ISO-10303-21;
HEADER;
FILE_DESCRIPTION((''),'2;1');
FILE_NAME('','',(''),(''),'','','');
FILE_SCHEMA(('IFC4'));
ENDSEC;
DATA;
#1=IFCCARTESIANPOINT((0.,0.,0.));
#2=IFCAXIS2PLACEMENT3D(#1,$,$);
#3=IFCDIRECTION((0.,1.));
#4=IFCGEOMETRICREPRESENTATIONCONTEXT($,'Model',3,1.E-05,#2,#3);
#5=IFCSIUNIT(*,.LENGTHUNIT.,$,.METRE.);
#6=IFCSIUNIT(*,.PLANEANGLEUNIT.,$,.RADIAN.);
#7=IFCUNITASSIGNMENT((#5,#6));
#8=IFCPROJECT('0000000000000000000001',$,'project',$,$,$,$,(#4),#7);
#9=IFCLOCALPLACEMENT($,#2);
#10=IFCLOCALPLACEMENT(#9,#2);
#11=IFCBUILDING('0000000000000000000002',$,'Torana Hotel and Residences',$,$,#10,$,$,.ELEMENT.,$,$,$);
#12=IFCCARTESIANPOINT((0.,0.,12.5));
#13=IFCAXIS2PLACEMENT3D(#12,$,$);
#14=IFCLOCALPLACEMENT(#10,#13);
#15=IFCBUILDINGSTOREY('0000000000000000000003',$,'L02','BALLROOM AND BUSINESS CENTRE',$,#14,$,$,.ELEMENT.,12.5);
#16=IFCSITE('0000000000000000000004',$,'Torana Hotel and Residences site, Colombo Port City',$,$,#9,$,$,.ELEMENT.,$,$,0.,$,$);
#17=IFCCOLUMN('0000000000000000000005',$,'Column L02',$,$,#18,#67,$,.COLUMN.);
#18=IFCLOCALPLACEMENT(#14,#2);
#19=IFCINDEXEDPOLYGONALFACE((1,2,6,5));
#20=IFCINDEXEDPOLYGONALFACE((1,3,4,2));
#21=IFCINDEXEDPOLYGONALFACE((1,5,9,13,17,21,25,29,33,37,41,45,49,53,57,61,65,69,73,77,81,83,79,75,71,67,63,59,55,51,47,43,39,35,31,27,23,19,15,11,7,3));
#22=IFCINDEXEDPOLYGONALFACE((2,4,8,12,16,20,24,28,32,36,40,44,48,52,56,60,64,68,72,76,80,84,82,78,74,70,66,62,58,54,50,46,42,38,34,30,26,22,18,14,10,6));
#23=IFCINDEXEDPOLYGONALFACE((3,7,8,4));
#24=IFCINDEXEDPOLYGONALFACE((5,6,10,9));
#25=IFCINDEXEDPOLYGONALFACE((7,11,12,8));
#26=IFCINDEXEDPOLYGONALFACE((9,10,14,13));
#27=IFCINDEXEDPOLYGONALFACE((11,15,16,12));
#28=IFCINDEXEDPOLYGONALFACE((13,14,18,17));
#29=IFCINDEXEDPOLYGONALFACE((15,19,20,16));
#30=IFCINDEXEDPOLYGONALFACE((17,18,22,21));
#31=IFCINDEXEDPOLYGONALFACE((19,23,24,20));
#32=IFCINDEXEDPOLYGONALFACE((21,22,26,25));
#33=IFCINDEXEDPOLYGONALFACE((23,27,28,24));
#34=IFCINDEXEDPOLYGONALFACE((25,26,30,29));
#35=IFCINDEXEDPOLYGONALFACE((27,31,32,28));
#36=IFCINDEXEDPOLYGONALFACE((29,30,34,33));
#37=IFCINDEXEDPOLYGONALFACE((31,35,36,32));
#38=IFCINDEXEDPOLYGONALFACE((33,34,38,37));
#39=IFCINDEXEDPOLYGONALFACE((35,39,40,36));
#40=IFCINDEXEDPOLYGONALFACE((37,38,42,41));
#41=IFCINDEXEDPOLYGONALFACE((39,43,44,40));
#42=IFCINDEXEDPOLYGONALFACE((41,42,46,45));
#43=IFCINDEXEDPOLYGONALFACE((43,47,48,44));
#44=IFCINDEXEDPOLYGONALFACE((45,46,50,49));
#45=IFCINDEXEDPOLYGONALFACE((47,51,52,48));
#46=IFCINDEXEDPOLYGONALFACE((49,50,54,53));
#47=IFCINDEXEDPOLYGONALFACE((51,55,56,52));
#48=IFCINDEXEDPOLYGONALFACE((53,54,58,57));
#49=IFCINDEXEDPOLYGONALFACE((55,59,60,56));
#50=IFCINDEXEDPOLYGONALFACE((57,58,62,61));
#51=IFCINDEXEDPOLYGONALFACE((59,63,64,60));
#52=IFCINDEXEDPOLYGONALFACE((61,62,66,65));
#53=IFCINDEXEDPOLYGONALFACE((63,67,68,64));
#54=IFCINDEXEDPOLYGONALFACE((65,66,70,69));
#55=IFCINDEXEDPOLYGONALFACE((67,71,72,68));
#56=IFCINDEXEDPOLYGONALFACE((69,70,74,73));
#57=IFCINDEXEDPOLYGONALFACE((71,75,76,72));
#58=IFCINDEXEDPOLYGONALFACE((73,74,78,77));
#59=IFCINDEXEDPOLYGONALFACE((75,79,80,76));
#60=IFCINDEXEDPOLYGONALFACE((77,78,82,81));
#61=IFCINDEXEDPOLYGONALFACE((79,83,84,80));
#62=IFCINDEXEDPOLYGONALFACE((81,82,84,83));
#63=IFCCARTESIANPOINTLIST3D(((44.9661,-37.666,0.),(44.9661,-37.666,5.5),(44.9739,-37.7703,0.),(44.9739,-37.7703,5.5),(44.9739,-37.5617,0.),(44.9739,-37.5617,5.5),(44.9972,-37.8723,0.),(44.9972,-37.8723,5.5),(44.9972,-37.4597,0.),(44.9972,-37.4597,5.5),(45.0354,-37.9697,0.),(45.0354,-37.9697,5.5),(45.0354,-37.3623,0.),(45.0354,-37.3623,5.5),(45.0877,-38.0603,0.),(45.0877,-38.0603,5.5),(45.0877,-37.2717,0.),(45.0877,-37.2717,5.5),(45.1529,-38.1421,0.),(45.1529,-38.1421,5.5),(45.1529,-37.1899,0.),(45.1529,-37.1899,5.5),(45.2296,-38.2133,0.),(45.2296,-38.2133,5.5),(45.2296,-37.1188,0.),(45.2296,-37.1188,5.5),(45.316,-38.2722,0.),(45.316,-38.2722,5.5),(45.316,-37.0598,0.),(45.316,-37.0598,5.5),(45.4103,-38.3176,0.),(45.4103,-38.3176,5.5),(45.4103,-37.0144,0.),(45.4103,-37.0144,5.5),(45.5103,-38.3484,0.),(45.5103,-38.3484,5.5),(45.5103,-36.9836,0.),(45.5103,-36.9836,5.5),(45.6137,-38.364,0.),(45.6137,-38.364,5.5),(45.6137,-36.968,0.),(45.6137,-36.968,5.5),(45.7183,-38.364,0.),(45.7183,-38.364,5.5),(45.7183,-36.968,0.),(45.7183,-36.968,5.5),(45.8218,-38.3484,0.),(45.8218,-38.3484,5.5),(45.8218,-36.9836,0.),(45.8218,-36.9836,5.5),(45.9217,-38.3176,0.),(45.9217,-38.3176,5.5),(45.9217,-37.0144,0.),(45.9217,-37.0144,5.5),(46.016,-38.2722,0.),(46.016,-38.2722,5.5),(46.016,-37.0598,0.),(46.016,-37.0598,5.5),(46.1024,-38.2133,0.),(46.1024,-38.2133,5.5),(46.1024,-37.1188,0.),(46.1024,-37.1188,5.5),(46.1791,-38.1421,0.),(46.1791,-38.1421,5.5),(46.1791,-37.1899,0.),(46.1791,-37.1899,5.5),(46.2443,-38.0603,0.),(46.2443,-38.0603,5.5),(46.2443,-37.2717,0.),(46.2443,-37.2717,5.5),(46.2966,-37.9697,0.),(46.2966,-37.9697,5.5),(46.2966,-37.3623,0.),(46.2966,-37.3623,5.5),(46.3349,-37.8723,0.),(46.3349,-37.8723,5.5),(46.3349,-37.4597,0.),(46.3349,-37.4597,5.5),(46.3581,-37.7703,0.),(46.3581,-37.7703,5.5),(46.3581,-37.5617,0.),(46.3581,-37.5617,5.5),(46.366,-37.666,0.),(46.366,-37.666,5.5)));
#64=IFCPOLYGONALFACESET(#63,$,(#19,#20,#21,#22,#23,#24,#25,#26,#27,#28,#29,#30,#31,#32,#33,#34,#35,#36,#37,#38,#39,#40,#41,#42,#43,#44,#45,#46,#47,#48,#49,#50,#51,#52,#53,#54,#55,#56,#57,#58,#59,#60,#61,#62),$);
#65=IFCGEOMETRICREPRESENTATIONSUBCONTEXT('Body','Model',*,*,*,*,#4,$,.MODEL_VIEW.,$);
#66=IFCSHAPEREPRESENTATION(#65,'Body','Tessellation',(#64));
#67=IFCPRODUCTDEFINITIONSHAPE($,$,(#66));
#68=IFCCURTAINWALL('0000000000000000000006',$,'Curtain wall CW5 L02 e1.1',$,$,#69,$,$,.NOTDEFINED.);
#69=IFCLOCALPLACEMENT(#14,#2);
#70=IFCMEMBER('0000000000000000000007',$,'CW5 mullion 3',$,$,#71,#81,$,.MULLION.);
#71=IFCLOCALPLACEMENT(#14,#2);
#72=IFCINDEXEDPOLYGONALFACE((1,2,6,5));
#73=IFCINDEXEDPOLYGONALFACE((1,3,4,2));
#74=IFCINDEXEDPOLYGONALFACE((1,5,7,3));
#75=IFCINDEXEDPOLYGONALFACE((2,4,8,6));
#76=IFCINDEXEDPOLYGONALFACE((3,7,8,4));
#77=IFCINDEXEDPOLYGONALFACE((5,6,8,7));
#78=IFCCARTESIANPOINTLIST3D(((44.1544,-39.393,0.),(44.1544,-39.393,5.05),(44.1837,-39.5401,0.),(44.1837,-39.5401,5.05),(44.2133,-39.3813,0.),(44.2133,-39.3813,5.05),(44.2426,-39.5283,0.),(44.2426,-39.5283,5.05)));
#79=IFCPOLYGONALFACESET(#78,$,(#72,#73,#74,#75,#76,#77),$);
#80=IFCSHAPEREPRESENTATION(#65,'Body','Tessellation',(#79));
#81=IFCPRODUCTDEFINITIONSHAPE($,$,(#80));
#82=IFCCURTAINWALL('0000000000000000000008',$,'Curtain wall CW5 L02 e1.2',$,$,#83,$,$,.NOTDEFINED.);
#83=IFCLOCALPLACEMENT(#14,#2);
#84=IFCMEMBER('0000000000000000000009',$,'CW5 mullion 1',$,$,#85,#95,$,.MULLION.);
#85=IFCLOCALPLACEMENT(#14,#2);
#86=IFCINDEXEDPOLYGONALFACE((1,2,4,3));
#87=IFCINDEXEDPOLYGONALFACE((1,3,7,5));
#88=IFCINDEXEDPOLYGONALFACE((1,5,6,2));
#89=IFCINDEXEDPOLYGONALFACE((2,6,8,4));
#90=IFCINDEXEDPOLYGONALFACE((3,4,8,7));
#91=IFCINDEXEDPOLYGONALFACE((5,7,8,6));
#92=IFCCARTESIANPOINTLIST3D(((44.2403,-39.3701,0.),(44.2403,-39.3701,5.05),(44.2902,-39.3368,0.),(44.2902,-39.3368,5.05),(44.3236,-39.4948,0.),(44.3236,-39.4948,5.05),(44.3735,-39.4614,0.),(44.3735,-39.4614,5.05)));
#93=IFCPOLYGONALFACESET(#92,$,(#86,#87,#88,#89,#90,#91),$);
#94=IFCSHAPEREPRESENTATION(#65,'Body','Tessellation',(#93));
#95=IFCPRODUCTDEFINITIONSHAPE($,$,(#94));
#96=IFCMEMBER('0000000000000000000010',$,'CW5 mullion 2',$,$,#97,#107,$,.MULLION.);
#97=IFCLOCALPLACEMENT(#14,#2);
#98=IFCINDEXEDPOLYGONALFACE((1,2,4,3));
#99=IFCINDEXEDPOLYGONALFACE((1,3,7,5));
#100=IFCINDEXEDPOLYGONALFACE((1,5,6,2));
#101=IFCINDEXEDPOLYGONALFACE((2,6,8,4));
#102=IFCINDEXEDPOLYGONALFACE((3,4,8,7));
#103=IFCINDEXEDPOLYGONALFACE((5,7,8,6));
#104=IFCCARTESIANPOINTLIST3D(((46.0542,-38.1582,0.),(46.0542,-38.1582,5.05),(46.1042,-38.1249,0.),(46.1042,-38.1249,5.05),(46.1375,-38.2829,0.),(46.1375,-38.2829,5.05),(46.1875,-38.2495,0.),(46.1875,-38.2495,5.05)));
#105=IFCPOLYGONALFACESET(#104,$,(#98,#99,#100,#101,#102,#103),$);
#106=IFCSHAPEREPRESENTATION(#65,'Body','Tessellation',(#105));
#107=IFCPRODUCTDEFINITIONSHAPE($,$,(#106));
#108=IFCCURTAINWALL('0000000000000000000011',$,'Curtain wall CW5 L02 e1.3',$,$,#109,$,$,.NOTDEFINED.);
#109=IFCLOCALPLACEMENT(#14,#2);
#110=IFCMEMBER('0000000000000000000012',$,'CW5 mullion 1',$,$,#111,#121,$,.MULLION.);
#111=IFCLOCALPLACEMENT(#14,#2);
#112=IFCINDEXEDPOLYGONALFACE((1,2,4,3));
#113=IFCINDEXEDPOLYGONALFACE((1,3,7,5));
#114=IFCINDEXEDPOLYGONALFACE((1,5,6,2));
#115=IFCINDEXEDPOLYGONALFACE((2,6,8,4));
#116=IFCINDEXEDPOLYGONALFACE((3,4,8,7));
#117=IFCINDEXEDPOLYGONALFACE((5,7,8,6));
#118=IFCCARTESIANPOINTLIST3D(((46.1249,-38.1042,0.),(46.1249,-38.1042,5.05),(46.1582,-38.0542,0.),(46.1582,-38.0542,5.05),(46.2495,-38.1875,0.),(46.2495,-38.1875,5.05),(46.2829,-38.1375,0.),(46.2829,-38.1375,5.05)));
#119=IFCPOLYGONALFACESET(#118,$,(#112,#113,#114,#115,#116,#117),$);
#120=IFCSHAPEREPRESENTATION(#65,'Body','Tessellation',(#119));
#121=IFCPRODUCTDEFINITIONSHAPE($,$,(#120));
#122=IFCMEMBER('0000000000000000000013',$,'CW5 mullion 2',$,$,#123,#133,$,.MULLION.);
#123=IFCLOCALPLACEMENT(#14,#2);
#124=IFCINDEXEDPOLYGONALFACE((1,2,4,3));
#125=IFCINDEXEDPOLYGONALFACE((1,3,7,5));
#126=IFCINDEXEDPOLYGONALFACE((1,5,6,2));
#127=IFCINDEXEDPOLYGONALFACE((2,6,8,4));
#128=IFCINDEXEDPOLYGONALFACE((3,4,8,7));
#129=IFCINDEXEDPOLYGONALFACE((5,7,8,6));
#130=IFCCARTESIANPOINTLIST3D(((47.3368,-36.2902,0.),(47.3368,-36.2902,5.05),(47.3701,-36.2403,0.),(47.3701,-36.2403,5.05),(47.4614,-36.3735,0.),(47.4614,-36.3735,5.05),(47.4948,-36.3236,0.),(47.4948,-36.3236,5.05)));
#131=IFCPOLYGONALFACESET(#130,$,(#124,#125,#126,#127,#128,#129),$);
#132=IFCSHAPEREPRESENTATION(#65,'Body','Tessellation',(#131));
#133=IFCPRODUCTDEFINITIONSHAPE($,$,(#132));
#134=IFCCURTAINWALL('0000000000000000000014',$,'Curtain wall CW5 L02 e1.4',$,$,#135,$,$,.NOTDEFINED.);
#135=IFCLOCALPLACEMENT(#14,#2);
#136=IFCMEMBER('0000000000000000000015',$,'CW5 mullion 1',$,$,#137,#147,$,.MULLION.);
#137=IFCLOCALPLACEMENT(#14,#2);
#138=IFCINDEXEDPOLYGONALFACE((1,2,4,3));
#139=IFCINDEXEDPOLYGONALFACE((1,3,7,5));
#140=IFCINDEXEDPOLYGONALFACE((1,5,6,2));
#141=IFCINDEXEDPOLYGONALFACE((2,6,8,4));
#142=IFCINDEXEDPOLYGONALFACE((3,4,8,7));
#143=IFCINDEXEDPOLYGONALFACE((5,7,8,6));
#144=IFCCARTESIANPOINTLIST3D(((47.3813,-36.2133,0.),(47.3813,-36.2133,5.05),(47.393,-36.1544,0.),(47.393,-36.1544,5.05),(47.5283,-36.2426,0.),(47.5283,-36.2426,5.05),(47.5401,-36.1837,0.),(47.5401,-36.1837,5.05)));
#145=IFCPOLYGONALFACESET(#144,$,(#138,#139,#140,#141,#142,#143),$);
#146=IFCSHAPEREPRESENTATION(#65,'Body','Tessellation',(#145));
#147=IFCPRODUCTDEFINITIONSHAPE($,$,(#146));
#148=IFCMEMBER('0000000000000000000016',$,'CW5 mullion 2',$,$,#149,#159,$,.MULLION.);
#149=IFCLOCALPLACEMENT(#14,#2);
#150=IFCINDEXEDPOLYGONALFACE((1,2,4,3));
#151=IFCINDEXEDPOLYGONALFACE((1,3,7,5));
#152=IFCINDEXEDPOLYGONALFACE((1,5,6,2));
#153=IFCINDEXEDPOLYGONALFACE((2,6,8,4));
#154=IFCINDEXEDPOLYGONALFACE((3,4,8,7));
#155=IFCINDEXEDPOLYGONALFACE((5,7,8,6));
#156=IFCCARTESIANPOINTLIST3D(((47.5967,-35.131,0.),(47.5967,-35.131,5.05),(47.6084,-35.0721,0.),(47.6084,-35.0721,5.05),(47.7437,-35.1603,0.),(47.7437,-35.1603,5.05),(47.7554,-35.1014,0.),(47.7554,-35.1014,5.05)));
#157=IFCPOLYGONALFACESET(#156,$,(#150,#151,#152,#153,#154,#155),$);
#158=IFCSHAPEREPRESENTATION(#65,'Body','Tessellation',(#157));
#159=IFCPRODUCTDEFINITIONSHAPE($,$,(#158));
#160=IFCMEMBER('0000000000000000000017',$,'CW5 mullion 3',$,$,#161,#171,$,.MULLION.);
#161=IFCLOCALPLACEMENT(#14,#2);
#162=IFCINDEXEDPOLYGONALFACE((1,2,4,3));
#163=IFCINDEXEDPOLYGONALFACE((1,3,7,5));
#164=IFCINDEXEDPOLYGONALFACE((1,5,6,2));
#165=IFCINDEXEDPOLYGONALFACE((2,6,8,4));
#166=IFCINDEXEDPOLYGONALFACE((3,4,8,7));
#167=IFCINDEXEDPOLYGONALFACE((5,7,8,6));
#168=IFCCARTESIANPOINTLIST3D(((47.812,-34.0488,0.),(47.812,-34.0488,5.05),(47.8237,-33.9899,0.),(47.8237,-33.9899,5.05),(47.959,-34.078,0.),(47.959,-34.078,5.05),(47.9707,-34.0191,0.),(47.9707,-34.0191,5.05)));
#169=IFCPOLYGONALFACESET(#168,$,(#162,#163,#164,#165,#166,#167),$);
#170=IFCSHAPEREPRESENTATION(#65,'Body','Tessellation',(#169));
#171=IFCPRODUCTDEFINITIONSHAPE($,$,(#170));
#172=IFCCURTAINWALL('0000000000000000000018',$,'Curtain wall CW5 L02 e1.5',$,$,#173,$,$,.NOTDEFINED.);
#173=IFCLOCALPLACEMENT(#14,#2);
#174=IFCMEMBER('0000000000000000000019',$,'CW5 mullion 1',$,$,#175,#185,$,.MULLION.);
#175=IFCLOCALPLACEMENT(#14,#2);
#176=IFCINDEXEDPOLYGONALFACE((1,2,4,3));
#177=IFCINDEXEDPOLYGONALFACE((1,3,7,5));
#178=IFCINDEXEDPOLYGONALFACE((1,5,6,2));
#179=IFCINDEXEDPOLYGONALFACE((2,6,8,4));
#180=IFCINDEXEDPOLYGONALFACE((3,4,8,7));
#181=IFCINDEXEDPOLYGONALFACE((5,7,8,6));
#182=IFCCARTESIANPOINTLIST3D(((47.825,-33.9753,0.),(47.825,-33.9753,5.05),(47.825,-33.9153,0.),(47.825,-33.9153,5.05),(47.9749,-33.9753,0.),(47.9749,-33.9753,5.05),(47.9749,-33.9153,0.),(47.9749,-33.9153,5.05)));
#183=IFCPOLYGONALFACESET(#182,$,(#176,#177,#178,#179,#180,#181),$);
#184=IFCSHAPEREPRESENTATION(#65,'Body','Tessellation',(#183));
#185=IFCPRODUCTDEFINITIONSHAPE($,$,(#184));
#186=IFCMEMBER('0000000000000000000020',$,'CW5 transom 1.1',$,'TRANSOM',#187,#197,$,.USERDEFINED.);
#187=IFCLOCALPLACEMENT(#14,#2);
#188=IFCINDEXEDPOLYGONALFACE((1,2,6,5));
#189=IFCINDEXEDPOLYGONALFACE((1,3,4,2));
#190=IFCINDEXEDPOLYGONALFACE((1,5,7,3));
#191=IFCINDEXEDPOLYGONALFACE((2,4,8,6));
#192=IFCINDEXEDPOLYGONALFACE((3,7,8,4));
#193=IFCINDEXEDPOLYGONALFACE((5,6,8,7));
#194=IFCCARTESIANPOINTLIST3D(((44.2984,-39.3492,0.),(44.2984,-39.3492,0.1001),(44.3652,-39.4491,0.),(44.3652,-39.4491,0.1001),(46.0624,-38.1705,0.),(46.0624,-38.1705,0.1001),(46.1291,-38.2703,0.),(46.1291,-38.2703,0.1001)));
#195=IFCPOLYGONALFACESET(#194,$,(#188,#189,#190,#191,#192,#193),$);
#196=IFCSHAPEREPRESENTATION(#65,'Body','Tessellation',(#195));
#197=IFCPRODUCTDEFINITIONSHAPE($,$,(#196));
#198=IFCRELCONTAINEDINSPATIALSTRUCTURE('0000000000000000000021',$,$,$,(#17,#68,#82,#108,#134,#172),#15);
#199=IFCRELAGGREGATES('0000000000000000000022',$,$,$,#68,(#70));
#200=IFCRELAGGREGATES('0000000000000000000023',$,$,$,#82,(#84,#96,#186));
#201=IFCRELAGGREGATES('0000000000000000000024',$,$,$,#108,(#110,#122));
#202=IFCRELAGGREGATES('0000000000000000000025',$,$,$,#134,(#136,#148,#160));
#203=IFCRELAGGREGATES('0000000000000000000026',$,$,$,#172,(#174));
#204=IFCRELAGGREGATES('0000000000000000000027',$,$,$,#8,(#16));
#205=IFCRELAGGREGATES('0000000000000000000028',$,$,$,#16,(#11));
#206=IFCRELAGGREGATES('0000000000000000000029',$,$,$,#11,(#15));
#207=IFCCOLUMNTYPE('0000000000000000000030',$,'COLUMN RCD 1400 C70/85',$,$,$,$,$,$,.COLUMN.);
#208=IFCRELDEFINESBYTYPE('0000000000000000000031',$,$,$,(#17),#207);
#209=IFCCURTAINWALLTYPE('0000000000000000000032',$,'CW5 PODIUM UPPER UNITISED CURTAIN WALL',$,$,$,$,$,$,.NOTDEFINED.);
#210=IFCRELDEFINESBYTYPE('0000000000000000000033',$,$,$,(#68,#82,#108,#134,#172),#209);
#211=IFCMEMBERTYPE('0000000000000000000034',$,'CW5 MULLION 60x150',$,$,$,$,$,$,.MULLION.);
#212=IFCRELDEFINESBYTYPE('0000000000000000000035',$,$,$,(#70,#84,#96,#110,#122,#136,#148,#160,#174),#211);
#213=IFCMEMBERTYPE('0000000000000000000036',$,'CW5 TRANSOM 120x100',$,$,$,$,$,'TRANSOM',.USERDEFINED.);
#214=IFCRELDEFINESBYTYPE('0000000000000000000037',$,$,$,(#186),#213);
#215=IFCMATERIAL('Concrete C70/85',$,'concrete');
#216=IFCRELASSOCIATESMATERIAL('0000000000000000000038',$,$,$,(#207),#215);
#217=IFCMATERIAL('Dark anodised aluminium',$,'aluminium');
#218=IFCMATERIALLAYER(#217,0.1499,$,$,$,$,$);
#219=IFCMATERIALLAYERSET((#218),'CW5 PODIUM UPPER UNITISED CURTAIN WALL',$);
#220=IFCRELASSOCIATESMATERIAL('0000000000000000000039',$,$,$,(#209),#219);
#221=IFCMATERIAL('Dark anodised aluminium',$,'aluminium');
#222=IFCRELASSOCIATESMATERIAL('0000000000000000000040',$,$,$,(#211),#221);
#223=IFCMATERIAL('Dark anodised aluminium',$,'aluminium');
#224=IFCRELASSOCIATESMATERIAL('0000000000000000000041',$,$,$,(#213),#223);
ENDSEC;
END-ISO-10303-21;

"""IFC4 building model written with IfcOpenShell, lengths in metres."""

from ifc_helpers import new_model, si_unit, direction, frame, origin, origin_2d, place, context, subcontext, project, spatial, rectangle, circle, extrude, material, layer, layer_set, material_profile, profile_set, type_object, element, aggregate, save


model = new_model("IFC4")

# Units and contexts
model_context = context("Model", 3, precision=1e-05, world=origin(), true_north=direction((0.0, 1.0)))
body_context = subcontext(model_context, "Body", "Model", "MODEL_VIEW")
ifc_project = project(units=[si_unit("LENGTHUNIT", "METRE"), si_unit("PLANEANGLEUNIT", "RADIAN")], contexts=[model_context])

# Site, building, storey
site_placement = place(None, origin())
site = spatial("IfcSite", under=ifc_project, at=site_placement, Name="Torana Hotel and Residences site, Colombo Port City", CompositionType="ELEMENT", RefElevation=0.0)
building_placement = place(site_placement, origin())
building = spatial("IfcBuilding", under=site, at=building_placement, Name="Torana Hotel and Residences", CompositionType="ELEMENT")
storey_placement = place(building_placement, frame((0.0, 0.0, 12.5)))
storey = spatial("IfcBuildingStorey", under=building, at=storey_placement, Name="L02", Description="BALLROOM AND BUSINESS CENTRE", CompositionType="ELEMENT", Elevation=12.5)

# Column
ifc_material_1 = material(Name="Concrete C70/85", Category="concrete")
ifc_material_profile_1 = material_profile(ifc_material_1, circle(Radius=0.7, at=origin_2d()), Name="RCD 1400")
ifc_profile_set_1 = profile_set([ifc_material_profile_1], Name="Concrete C70/85")
column_type = type_object("IfcColumnType", Name="COLUMN RCD 1400 C70/85", PredefinedType="COLUMN", material=ifc_profile_set_1)
column_placement = place(storey_placement, frame((45.666, -37.666, 0.0), z_axis=(0.0, 0.0, 1.0), x_axis=(1.0, 0.0, 0.0)))
element("IfcColumn", 1, at=column_placement, inside=storey, type_object=column_type, Name="Column L02", PredefinedType="COLUMN", context=body_context, shape_type="SweptSolid", body=[
    extrude(circle(Radius=0.7, at=origin_2d()), origin(), (0.0, 0.0, 1.0), 5.5),
])

# Curtain wall, member
ifc_material_2 = material(Name="Dark anodised aluminium", Category="aluminium")
ifc_layer_1 = layer(ifc_material_2, 0.1499)
ifc_layer_set_1 = layer_set([ifc_layer_1], Name="CW5 PODIUM UPPER UNITISED CURTAIN WALL")
curtain_wall_type = type_object("IfcCurtainWallType", Name="CW5 PODIUM UPPER UNITISED CURTAIN WALL", PredefinedType="NOTDEFINED", material=ifc_layer_set_1)
curtain_wall_1_placement = place(storey_placement, origin())
curtain_wall_1 = element("IfcCurtainWall", 2, at=curtain_wall_1_placement, inside=storey, type_object=curtain_wall_type, Name="Curtain wall CW5 L02 e1.1", PredefinedType="NOTDEFINED")
ifc_material_3 = material(Name="Dark anodised aluminium", Category="aluminium")
ifc_material_profile_2 = material_profile(ifc_material_3, rectangle(XDim=0.1499, YDim=0.0601, at=origin_2d()), Name="CW5 MULLION 60x150")
ifc_profile_set_2 = profile_set([ifc_material_profile_2], Name="Dark anodised aluminium")
member_type_1 = type_object("IfcMemberType", Name="CW5 MULLION 60x150", PredefinedType="MULLION", material=ifc_profile_set_2)
member_1_placement = place(storey_placement, frame((44.1985, -39.4607, 0.0), z_axis=(0.0, 0.0, 1.0), x_axis=(-0.195081, 0.980787, 0.0)))
member_1 = element("IfcMember", 3, at=member_1_placement, type_object=member_type_1, Name="CW5 mullion 3", PredefinedType="MULLION", context=body_context, shape_type="SweptSolid", body=[
    extrude(rectangle(XDim=0.1499, YDim=0.0601, at=origin_2d()), origin(), (0.0, 0.0, 1.0), 5.05),
])

# Curtain walls, members
curtain_wall_2_placement = place(storey_placement, origin())
curtain_wall_2 = element("IfcCurtainWall", 4, at=curtain_wall_2_placement, inside=storey, type_object=curtain_wall_type, Name="Curtain wall CW5 L02 e1.2", PredefinedType="NOTDEFINED")
member_2_placement = place(storey_placement, frame((44.3069, -39.4158, 0.0), z_axis=(0.0, 0.0, 1.0), x_axis=(-0.555585, 0.83146, 0.0)))
member_2 = element("IfcMember", 5, at=member_2_placement, type_object=member_type_1, Name="CW5 mullion 1", PredefinedType="MULLION", context=body_context, shape_type="SweptSolid", body=[
    extrude(rectangle(XDim=0.1499, YDim=0.0601, at=origin_2d()), origin(), (0.0, 0.0, 1.0), 5.05),
])
member_3_placement = place(storey_placement, frame((46.1208, -38.2039, 0.0), z_axis=(0.0, 0.0, 1.0), x_axis=(-0.555585, 0.83146, 0.0)))
member_3 = element("IfcMember", 6, at=member_3_placement, type_object=member_type_1, Name="CW5 mullion 2", PredefinedType="MULLION", context=body_context, shape_type="SweptSolid", body=[
    extrude(rectangle(XDim=0.1499, YDim=0.0601, at=origin_2d()), origin(), (0.0, 0.0, 1.0), 5.05),
])
curtain_wall_3_placement = place(storey_placement, origin())
curtain_wall_3 = element("IfcCurtainWall", 7, at=curtain_wall_3_placement, inside=storey, type_object=curtain_wall_type, Name="Curtain wall CW5 L02 e1.3", PredefinedType="NOTDEFINED")
member_4_placement = place(storey_placement, frame((46.2039, -38.1208, 0.0), z_axis=(0.0, 0.0, 1.0), x_axis=(-0.83146, 0.555585, 0.0)))
member_4 = element("IfcMember", 8, at=member_4_placement, type_object=member_type_1, Name="CW5 mullion 1", PredefinedType="MULLION", context=body_context, shape_type="SweptSolid", body=[
    extrude(rectangle(XDim=0.1499, YDim=0.0601, at=origin_2d()), origin(), (0.0, 0.0, 1.0), 5.05),
])
member_5_placement = place(storey_placement, frame((47.4158, -36.3069, 0.0), z_axis=(0.0, 0.0, 1.0), x_axis=(-0.83146, 0.555585, 0.0)))
member_5 = element("IfcMember", 9, at=member_5_placement, type_object=member_type_1, Name="CW5 mullion 2", PredefinedType="MULLION", context=body_context, shape_type="SweptSolid", body=[
    extrude(rectangle(XDim=0.1499, YDim=0.0601, at=origin_2d()), origin(), (0.0, 0.0, 1.0), 5.05),
])
curtain_wall_4_placement = place(storey_placement, origin())
curtain_wall_4 = element("IfcCurtainWall", 10, at=curtain_wall_4_placement, inside=storey, type_object=curtain_wall_type, Name="Curtain wall CW5 L02 e1.4", PredefinedType="NOTDEFINED")
member_6_placement = place(storey_placement, frame((47.4607, -36.1985, 0.0), z_axis=(0.0, 0.0, 1.0), x_axis=(-0.980787, 0.195081, 0.0)))
member_6 = element("IfcMember", 11, at=member_6_placement, type_object=member_type_1, Name="CW5 mullion 1", PredefinedType="MULLION", context=body_context, shape_type="SweptSolid", body=[
    extrude(rectangle(XDim=0.1499, YDim=0.0601, at=origin_2d()), origin(), (0.0, 0.0, 1.0), 5.05),
])
member_7_placement = place(storey_placement, frame((47.676, -35.1162, 0.0), z_axis=(0.0, 0.0, 1.0), x_axis=(-0.980787, 0.195081, 0.0)))
member_7 = element("IfcMember", 12, at=member_7_placement, type_object=member_type_1, Name="CW5 mullion 2", PredefinedType="MULLION", context=body_context, shape_type="SweptSolid", body=[
    extrude(rectangle(XDim=0.1499, YDim=0.0601, at=origin_2d()), origin(), (0.0, 0.0, 1.0), 5.05),
])
member_8_placement = place(storey_placement, frame((47.8914, -34.0339, 0.0), z_axis=(0.0, 0.0, 1.0), x_axis=(-0.980787, 0.195081, 0.0)))
member_8 = element("IfcMember", 13, at=member_8_placement, type_object=member_type_1, Name="CW5 mullion 3", PredefinedType="MULLION", context=body_context, shape_type="SweptSolid", body=[
    extrude(rectangle(XDim=0.1499, YDim=0.0601, at=origin_2d()), origin(), (0.0, 0.0, 1.0), 5.05),
])

# Curtain wall, member
curtain_wall_5_placement = place(storey_placement, origin())
curtain_wall_5 = element("IfcCurtainWall", 14, at=curtain_wall_5_placement, inside=storey, type_object=curtain_wall_type, Name="Curtain wall CW5 L02 e1.5", PredefinedType="NOTDEFINED")
member_9_placement = place(storey_placement, frame((47.8999, -33.9453, 0.0), z_axis=(0.0, 0.0, 1.0), x_axis=(-1.0, 0.0, 0.0)))
member_9 = element("IfcMember", 15, at=member_9_placement, type_object=member_type_1, Name="CW5 mullion 1", PredefinedType="MULLION", context=body_context, shape_type="SweptSolid", body=[
    extrude(rectangle(XDim=0.1499, YDim=0.0601, at=origin_2d()), origin(), (0.0, 0.0, 1.0), 5.05),
])

# Member
ifc_material_4 = material(Name="Dark anodised aluminium", Category="aluminium")
ifc_material_profile_3 = material_profile(ifc_material_4, rectangle(XDim=0.1201, YDim=0.1001, at=origin_2d()), Name="CW5 TRANSOM 120x100")
ifc_profile_set_3 = profile_set([ifc_material_profile_3], Name="Dark anodised aluminium")
member_type_2 = type_object("IfcMemberType", Name="CW5 TRANSOM 120x100", ElementType="TRANSOM", PredefinedType="USERDEFINED", material=ifc_profile_set_3)
member_10_placement = place(storey_placement, frame((44.3318, -39.3992, 0.05), z_axis=(0.831448, 0.555603, 0.0), x_axis=(-0.555603, 0.831448, 0.0)))
member_10 = element("IfcMember", 16, at=member_10_placement, type_object=member_type_2, Name="CW5 transom 1.1", ObjectType="TRANSOM", PredefinedType="USERDEFINED", context=body_context, shape_type="SweptSolid", body=[
    extrude(rectangle(XDim=0.1201, YDim=0.1001, at=origin_2d()), origin(), (0.0, 0.0, 1.0), 2.1216),
])

aggregate(curtain_wall_1, [member_1])
aggregate(curtain_wall_2, [member_2, member_3, member_10])
aggregate(curtain_wall_3, [member_4, member_5])
aggregate(curtain_wall_4, [member_6, member_7, member_8])
aggregate(curtain_wall_5, [member_9])

save(model, "model.ifc")
